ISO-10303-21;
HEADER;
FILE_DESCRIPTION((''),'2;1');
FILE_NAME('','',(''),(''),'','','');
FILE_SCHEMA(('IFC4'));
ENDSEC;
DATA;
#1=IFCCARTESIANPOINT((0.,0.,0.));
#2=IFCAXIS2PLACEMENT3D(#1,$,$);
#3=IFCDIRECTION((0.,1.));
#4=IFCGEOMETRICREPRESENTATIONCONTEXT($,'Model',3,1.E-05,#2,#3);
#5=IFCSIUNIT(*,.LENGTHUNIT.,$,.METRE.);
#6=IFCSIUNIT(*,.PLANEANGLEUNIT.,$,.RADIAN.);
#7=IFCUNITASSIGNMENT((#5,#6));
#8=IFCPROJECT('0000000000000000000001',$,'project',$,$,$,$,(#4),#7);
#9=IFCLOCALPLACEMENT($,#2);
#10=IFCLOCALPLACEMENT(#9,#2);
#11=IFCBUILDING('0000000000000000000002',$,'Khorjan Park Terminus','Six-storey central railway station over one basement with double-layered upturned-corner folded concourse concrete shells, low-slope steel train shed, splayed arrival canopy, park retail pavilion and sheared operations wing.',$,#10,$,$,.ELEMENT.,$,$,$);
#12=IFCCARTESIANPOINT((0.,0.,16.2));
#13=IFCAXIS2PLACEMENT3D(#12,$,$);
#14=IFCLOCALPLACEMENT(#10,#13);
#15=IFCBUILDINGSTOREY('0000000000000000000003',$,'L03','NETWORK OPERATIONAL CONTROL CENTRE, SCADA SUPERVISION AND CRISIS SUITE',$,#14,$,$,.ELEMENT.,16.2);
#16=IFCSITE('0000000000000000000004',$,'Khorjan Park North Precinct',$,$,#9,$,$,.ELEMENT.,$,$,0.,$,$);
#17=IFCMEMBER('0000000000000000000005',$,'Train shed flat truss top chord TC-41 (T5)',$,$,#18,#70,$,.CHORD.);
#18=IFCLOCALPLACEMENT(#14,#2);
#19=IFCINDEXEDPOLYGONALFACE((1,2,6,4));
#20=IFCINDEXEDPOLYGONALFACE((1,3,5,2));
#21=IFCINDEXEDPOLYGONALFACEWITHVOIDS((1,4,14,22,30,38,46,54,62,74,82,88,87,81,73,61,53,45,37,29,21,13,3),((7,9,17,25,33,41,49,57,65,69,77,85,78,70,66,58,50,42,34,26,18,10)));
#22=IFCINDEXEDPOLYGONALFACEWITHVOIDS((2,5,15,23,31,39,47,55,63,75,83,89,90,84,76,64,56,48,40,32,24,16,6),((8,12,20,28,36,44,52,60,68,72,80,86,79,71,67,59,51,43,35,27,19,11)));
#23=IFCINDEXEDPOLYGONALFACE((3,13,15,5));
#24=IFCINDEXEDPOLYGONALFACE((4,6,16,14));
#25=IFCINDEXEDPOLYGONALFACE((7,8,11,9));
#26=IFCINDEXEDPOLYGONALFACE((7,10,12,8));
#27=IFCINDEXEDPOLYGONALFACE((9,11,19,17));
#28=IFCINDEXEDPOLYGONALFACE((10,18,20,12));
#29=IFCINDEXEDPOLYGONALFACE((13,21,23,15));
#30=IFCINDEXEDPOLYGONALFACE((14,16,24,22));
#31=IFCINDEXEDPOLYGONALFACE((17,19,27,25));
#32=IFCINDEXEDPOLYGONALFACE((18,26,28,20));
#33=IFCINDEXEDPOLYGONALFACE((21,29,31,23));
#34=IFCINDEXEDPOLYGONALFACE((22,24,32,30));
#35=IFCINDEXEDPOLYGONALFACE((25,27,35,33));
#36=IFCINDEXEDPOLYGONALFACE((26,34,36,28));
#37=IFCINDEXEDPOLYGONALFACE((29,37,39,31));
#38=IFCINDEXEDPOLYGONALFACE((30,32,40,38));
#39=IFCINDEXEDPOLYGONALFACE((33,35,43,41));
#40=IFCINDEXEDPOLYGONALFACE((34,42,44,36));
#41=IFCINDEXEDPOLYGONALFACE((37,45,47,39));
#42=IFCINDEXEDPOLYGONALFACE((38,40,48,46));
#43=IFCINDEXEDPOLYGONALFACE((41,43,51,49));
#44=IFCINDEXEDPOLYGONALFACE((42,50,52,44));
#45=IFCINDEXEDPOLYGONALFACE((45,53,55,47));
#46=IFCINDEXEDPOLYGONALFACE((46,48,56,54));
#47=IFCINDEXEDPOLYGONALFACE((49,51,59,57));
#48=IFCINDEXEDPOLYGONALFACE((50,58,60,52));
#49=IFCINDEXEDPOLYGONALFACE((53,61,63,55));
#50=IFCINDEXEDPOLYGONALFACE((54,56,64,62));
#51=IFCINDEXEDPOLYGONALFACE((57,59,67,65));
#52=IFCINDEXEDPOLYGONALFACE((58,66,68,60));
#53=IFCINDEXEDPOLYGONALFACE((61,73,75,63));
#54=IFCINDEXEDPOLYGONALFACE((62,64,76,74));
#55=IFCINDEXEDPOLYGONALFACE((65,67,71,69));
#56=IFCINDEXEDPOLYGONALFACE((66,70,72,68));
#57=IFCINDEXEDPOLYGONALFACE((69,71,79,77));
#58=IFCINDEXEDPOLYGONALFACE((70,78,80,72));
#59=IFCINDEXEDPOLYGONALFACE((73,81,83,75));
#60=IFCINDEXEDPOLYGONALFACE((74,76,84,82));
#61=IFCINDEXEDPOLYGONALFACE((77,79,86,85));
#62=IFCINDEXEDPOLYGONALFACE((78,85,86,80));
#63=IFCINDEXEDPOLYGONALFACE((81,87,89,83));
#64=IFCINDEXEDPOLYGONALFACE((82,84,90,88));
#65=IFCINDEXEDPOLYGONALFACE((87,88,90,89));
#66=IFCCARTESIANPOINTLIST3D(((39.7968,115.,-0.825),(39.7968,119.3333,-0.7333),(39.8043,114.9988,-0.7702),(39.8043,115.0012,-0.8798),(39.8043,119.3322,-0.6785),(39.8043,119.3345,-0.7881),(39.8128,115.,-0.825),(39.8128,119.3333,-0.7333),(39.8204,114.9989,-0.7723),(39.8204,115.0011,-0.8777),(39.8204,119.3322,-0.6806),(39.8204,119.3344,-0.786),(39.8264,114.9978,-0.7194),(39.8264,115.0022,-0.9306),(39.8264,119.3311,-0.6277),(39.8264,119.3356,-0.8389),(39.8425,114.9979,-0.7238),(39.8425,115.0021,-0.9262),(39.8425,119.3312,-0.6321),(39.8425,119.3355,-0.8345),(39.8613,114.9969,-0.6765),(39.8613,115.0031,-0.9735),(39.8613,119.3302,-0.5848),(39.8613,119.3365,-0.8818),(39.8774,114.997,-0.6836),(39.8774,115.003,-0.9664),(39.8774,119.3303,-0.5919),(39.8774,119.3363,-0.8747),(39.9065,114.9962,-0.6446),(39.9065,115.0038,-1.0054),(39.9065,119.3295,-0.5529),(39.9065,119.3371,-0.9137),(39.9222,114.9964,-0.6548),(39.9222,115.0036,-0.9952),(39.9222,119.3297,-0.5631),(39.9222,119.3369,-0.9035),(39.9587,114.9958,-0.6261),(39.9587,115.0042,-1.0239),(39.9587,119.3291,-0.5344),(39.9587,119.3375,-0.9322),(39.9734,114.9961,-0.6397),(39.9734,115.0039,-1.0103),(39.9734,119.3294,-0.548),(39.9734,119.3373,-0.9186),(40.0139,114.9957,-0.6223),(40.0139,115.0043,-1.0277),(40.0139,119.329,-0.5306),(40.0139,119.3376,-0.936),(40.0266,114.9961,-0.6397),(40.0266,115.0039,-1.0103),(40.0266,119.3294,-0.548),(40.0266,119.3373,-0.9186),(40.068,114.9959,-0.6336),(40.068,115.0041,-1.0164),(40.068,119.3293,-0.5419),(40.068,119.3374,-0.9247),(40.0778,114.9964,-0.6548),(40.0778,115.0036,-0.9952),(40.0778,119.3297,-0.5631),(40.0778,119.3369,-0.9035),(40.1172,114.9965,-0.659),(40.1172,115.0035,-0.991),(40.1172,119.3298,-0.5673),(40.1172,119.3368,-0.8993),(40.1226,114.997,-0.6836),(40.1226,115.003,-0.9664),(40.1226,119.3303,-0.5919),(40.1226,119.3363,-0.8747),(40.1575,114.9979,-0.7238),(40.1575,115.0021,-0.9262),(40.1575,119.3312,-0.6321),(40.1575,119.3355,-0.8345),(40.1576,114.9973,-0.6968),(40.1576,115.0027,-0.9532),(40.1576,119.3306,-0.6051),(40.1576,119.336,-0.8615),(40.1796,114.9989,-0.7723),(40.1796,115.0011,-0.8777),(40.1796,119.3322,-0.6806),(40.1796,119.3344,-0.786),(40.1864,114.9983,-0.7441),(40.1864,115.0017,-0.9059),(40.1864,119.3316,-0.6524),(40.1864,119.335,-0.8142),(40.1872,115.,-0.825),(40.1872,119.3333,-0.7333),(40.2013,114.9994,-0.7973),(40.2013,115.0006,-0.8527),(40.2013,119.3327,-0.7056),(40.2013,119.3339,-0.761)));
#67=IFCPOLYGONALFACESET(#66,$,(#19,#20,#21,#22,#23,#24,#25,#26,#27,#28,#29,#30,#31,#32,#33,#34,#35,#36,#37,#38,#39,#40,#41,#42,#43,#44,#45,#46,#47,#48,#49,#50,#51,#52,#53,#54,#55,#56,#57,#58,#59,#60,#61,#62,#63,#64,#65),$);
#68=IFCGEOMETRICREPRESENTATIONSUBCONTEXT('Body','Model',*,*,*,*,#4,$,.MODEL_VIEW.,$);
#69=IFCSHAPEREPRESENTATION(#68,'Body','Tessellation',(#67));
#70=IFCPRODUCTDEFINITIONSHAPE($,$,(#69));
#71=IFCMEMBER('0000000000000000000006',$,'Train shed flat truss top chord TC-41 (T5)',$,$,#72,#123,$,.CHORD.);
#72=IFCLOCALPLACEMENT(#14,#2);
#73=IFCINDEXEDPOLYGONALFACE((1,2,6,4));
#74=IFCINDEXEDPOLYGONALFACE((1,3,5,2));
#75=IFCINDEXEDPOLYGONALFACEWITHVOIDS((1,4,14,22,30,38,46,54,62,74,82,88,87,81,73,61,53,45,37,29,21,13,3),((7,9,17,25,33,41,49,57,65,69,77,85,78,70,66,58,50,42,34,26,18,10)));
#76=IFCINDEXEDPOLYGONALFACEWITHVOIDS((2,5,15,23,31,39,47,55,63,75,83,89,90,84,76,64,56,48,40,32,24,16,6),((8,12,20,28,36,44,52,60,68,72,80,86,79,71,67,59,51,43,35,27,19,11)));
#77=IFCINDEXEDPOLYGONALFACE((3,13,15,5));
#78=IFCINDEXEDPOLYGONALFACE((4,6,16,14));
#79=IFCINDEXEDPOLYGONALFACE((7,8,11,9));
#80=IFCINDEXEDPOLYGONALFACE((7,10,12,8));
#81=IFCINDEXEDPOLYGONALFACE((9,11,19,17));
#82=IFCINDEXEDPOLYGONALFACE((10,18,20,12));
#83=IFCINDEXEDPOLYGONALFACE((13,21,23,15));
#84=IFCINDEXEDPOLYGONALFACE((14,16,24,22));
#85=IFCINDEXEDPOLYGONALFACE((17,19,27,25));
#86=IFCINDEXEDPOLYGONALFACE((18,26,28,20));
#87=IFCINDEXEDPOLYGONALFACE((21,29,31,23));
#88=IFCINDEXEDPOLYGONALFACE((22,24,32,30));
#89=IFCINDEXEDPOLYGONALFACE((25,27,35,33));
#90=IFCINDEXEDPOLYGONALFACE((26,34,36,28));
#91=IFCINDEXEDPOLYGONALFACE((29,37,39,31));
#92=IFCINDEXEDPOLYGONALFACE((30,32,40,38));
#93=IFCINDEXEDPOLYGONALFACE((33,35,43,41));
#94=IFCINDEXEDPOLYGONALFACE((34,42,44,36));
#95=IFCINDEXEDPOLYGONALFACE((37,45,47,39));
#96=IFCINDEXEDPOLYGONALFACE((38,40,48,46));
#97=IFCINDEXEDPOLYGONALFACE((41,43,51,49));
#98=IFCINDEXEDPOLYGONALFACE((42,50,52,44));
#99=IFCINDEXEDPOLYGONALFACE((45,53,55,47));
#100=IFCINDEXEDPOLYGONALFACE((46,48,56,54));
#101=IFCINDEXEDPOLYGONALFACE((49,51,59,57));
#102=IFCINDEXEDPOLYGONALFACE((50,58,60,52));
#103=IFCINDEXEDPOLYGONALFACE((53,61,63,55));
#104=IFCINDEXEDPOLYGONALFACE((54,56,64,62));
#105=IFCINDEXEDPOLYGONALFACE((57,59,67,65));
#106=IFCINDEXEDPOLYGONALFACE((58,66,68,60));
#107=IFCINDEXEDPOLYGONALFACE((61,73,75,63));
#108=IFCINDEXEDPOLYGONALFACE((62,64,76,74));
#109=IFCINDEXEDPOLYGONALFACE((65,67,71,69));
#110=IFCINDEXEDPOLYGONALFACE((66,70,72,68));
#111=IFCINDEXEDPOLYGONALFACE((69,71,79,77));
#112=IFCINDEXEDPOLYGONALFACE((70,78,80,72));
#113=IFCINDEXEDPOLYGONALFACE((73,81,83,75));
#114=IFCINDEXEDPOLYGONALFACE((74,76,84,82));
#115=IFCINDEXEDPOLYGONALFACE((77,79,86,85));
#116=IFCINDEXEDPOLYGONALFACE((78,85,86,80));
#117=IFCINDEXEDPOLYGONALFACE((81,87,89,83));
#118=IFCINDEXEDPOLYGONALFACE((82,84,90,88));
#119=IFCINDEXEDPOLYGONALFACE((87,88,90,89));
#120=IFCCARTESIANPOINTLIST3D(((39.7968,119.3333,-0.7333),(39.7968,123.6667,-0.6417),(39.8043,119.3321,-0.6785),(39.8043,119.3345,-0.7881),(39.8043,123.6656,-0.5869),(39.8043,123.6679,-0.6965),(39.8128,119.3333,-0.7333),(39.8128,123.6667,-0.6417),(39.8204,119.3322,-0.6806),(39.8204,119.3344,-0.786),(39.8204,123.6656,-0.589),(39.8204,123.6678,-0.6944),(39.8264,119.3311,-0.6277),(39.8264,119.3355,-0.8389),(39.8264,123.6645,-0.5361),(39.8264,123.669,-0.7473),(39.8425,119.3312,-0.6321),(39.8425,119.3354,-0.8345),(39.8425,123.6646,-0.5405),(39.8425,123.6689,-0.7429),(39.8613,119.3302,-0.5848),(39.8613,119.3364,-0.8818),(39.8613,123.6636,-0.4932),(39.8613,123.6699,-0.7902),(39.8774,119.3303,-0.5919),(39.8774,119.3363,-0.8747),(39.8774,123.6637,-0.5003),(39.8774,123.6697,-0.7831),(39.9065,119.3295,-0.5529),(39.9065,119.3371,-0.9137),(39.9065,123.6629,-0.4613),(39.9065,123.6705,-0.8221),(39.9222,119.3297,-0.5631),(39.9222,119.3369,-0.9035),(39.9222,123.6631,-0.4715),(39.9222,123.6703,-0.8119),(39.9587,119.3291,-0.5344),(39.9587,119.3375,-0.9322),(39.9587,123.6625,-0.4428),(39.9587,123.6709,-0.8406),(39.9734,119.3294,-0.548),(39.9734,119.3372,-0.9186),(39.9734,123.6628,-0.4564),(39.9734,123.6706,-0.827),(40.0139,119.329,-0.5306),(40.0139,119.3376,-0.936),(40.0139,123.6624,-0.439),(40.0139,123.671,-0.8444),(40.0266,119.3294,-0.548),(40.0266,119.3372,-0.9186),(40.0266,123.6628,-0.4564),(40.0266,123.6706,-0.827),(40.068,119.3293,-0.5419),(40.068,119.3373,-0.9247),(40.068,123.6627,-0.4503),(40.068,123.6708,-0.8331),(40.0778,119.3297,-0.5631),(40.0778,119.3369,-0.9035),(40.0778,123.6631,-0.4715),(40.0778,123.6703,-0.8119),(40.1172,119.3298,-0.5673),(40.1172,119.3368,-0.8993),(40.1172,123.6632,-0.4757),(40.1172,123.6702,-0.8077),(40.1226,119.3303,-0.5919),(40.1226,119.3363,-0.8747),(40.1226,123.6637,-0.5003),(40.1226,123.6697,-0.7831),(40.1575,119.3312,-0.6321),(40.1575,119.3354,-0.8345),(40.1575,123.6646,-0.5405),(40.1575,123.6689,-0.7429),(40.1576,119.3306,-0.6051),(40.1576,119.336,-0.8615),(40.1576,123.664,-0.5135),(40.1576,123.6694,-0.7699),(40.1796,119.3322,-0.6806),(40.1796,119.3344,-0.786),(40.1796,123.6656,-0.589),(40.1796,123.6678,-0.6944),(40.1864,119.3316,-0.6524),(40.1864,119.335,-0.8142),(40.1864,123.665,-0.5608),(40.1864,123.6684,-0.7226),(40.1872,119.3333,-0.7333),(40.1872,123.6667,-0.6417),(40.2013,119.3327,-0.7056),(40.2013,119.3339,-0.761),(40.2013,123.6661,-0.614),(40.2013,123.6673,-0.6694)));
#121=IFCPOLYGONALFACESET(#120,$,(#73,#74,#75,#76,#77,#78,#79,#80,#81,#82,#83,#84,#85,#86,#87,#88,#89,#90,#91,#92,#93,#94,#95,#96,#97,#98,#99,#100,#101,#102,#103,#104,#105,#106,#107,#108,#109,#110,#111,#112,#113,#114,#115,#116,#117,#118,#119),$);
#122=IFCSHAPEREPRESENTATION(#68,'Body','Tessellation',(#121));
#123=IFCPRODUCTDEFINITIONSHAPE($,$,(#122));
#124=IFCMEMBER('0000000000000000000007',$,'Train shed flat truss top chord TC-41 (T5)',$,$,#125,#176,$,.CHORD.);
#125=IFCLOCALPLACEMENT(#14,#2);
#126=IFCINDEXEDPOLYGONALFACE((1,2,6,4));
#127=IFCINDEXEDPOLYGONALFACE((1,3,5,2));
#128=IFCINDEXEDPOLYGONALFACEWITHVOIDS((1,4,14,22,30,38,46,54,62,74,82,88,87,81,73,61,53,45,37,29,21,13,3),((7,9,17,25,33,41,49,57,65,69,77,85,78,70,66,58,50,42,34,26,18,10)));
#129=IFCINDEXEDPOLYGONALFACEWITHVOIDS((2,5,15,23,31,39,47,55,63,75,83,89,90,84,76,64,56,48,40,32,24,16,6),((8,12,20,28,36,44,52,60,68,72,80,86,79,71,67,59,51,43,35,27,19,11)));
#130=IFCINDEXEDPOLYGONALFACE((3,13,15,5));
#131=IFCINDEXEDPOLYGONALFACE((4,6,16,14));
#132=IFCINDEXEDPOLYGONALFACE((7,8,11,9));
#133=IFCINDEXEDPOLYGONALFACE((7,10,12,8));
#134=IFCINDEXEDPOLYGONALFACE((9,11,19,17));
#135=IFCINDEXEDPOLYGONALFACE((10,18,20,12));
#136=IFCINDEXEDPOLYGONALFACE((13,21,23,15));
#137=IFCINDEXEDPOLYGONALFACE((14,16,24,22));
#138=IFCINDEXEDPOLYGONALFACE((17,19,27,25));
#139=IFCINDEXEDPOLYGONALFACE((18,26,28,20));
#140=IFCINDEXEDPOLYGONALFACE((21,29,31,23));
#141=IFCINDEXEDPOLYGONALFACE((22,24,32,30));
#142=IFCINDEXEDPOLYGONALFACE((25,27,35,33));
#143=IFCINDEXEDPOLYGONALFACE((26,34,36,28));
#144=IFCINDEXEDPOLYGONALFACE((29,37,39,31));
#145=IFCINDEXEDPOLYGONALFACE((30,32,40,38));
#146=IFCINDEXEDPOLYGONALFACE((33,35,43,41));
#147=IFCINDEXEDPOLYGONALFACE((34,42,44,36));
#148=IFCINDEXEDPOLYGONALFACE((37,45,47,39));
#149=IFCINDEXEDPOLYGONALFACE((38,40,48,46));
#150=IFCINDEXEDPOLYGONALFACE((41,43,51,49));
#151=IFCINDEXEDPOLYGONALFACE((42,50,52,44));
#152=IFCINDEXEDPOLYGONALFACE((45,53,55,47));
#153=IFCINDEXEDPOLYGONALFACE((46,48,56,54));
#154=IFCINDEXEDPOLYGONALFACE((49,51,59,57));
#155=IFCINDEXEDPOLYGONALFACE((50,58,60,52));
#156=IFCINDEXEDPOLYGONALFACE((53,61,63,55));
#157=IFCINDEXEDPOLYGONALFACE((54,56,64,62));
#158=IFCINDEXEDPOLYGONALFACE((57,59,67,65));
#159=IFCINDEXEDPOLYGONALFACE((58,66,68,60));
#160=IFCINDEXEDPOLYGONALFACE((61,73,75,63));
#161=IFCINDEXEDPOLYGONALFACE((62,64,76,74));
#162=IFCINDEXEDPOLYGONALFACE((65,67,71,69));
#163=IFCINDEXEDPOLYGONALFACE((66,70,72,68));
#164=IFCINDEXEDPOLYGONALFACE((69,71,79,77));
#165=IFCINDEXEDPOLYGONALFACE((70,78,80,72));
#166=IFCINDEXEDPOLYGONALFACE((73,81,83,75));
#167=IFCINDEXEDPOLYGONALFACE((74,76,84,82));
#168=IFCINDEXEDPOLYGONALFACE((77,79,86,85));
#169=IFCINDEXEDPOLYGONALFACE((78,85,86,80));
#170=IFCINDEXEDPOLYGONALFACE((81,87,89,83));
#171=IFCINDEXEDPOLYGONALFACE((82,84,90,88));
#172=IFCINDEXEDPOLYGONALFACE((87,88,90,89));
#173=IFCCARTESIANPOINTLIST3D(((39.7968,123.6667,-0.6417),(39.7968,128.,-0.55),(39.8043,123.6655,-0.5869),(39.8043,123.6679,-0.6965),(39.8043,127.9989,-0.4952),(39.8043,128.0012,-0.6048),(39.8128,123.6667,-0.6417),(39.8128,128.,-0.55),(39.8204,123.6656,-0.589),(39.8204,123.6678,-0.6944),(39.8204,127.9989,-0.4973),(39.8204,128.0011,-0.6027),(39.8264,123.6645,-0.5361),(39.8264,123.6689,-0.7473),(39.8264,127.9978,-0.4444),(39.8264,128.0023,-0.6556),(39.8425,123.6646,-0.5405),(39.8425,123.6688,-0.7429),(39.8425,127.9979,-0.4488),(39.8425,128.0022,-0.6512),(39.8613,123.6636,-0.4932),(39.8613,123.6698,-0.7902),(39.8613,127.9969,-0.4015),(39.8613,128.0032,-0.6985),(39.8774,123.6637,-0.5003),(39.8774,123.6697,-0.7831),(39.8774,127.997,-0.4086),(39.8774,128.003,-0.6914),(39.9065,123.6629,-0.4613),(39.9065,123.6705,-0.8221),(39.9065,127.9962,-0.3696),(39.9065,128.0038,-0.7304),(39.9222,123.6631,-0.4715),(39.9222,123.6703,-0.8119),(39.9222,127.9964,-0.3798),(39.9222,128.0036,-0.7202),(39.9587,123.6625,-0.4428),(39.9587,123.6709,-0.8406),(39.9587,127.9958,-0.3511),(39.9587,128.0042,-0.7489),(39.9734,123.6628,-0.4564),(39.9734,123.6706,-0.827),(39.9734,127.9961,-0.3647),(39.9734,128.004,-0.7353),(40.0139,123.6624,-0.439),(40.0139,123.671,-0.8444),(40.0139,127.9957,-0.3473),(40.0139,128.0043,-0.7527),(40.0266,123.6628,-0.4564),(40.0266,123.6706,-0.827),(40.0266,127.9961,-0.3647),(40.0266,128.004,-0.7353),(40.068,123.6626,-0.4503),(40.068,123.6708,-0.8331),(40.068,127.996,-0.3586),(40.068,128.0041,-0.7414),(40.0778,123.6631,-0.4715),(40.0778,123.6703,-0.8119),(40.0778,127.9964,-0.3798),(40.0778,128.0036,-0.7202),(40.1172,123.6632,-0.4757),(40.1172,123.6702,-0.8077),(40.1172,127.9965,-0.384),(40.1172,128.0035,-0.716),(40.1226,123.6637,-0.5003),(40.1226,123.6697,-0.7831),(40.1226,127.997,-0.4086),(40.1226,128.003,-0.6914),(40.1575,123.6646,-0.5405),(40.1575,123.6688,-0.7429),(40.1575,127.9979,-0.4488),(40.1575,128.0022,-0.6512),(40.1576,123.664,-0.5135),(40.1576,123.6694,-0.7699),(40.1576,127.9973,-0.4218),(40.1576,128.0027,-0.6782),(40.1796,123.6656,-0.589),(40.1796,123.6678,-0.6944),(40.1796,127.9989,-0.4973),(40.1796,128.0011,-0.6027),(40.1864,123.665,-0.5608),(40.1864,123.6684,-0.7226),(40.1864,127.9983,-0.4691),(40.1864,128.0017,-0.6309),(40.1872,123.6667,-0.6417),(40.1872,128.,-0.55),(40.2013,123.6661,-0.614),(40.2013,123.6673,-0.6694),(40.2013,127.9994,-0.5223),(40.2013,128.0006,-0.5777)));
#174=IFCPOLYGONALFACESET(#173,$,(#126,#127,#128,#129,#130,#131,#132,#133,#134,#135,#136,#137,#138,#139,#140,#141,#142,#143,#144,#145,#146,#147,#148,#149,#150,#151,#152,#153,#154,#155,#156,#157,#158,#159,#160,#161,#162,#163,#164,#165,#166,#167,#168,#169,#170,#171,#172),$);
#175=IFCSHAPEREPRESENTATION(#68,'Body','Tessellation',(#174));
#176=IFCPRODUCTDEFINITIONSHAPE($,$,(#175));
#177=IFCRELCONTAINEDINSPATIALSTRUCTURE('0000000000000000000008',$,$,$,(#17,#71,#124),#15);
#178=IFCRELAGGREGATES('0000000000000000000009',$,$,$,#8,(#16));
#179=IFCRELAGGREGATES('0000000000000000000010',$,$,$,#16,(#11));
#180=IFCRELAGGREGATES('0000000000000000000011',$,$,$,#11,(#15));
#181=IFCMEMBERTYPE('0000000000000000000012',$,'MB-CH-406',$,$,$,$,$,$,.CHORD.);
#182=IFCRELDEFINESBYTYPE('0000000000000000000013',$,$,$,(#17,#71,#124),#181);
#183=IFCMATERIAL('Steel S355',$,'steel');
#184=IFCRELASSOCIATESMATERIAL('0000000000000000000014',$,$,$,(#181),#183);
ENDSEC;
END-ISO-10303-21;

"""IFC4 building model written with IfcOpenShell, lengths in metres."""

from ifc_helpers import new_model, si_unit, direction, frame, origin, origin_2d, place, context, subcontext, project, spatial, hollow_circle, extrude, material, material_profile, profile_set, type_object, element, save


model = new_model("IFC4")

# Units and contexts
model_context = context("Model", 3, precision=1e-05, world=origin(), true_north=direction((0.0, 1.0)))
body_context = subcontext(model_context, "Body", "Model", "MODEL_VIEW")
ifc_project = project(units=[si_unit("LENGTHUNIT", "METRE"), si_unit("PLANEANGLEUNIT", "RADIAN")], contexts=[model_context])

# Site, building, storey
site_placement = place(None, origin())
site = spatial("IfcSite", under=ifc_project, at=site_placement, Name="Khorjan Park North Precinct", CompositionType="ELEMENT", RefElevation=0.0)
building_placement = place(site_placement, origin())
building = spatial("IfcBuilding", under=site, at=building_placement, Name="Khorjan Park Terminus", Description="Six-storey central railway station over one basement with double-layered upturned-corner folded concourse concrete shells, low-slope steel train shed, splayed arrival canopy, park retail pavilion and sheared operations wing.", CompositionType="ELEMENT")
storey_placement = place(building_placement, frame((0.0, 0.0, 16.2)))
storey = spatial("IfcBuildingStorey", under=building, at=storey_placement, Name="L03", Description="NETWORK OPERATIONAL CONTROL CENTRE, SCADA SUPERVISION AND CRISIS SUITE", CompositionType="ELEMENT", Elevation=16.2)

# Members
ifc_material = material(Name="Steel S355", Category="steel")
ifc_material_profile_1 = material_profile(ifc_material, hollow_circle(Radius=0.2032, WallThickness=0.016, at=origin_2d()), Name="CHS 406.4x16")
ifc_profile_set_1 = profile_set([ifc_material_profile_1], Name="Steel S355")
member_type_1 = type_object("IfcMemberType", Name="MB-CH-406", PredefinedType="CHORD", material=ifc_profile_set_1)
member_1_placement = place(storey_placement, frame((40.0, 115.0, -0.825), z_axis=(0.0, 0.999776, 0.021157), x_axis=(-1.0, 0.0, 0.0)))
element("IfcMember", 1, at=member_1_placement, inside=storey, type_object=member_type_1, Name="Train shed flat truss top chord TC-41 (T5)", PredefinedType="CHORD", context=body_context, shape_type="SweptSolid", body=[
    extrude(hollow_circle(Radius=0.2032, WallThickness=0.016, at=origin_2d()), origin(), (0.0, 0.0, 1.0), 4.3343),
])
member_2_placement = place(storey_placement, frame((40.0, 119.3333, -0.7333), z_axis=(0.0, 0.999777, 0.021133), x_axis=(-1.0, 0.0, 0.0)))
element("IfcMember", 2, at=member_2_placement, inside=storey, type_object=member_type_1, Name="Train shed flat truss top chord TC-41 (T5)", PredefinedType="CHORD", context=body_context, shape_type="SweptSolid", body=[
    extrude(hollow_circle(Radius=0.2032, WallThickness=0.016, at=origin_2d()), origin(), (0.0, 0.0, 1.0), 4.3344),
])
member_3_placement = place(storey_placement, frame((40.0, 123.6667, -0.6417), z_axis=(0.0, 0.999776, 0.021157), x_axis=(-1.0, 0.0, 0.0)))
element("IfcMember", 3, at=member_3_placement, inside=storey, type_object=member_type_1, Name="Train shed flat truss top chord TC-41 (T5)", PredefinedType="CHORD", context=body_context, shape_type="SweptSolid", body=[
    extrude(hollow_circle(Radius=0.2032, WallThickness=0.016, at=origin_2d()), origin(), (0.0, 0.0, 1.0), 4.3343),
])

save(model, "model.ifc")
